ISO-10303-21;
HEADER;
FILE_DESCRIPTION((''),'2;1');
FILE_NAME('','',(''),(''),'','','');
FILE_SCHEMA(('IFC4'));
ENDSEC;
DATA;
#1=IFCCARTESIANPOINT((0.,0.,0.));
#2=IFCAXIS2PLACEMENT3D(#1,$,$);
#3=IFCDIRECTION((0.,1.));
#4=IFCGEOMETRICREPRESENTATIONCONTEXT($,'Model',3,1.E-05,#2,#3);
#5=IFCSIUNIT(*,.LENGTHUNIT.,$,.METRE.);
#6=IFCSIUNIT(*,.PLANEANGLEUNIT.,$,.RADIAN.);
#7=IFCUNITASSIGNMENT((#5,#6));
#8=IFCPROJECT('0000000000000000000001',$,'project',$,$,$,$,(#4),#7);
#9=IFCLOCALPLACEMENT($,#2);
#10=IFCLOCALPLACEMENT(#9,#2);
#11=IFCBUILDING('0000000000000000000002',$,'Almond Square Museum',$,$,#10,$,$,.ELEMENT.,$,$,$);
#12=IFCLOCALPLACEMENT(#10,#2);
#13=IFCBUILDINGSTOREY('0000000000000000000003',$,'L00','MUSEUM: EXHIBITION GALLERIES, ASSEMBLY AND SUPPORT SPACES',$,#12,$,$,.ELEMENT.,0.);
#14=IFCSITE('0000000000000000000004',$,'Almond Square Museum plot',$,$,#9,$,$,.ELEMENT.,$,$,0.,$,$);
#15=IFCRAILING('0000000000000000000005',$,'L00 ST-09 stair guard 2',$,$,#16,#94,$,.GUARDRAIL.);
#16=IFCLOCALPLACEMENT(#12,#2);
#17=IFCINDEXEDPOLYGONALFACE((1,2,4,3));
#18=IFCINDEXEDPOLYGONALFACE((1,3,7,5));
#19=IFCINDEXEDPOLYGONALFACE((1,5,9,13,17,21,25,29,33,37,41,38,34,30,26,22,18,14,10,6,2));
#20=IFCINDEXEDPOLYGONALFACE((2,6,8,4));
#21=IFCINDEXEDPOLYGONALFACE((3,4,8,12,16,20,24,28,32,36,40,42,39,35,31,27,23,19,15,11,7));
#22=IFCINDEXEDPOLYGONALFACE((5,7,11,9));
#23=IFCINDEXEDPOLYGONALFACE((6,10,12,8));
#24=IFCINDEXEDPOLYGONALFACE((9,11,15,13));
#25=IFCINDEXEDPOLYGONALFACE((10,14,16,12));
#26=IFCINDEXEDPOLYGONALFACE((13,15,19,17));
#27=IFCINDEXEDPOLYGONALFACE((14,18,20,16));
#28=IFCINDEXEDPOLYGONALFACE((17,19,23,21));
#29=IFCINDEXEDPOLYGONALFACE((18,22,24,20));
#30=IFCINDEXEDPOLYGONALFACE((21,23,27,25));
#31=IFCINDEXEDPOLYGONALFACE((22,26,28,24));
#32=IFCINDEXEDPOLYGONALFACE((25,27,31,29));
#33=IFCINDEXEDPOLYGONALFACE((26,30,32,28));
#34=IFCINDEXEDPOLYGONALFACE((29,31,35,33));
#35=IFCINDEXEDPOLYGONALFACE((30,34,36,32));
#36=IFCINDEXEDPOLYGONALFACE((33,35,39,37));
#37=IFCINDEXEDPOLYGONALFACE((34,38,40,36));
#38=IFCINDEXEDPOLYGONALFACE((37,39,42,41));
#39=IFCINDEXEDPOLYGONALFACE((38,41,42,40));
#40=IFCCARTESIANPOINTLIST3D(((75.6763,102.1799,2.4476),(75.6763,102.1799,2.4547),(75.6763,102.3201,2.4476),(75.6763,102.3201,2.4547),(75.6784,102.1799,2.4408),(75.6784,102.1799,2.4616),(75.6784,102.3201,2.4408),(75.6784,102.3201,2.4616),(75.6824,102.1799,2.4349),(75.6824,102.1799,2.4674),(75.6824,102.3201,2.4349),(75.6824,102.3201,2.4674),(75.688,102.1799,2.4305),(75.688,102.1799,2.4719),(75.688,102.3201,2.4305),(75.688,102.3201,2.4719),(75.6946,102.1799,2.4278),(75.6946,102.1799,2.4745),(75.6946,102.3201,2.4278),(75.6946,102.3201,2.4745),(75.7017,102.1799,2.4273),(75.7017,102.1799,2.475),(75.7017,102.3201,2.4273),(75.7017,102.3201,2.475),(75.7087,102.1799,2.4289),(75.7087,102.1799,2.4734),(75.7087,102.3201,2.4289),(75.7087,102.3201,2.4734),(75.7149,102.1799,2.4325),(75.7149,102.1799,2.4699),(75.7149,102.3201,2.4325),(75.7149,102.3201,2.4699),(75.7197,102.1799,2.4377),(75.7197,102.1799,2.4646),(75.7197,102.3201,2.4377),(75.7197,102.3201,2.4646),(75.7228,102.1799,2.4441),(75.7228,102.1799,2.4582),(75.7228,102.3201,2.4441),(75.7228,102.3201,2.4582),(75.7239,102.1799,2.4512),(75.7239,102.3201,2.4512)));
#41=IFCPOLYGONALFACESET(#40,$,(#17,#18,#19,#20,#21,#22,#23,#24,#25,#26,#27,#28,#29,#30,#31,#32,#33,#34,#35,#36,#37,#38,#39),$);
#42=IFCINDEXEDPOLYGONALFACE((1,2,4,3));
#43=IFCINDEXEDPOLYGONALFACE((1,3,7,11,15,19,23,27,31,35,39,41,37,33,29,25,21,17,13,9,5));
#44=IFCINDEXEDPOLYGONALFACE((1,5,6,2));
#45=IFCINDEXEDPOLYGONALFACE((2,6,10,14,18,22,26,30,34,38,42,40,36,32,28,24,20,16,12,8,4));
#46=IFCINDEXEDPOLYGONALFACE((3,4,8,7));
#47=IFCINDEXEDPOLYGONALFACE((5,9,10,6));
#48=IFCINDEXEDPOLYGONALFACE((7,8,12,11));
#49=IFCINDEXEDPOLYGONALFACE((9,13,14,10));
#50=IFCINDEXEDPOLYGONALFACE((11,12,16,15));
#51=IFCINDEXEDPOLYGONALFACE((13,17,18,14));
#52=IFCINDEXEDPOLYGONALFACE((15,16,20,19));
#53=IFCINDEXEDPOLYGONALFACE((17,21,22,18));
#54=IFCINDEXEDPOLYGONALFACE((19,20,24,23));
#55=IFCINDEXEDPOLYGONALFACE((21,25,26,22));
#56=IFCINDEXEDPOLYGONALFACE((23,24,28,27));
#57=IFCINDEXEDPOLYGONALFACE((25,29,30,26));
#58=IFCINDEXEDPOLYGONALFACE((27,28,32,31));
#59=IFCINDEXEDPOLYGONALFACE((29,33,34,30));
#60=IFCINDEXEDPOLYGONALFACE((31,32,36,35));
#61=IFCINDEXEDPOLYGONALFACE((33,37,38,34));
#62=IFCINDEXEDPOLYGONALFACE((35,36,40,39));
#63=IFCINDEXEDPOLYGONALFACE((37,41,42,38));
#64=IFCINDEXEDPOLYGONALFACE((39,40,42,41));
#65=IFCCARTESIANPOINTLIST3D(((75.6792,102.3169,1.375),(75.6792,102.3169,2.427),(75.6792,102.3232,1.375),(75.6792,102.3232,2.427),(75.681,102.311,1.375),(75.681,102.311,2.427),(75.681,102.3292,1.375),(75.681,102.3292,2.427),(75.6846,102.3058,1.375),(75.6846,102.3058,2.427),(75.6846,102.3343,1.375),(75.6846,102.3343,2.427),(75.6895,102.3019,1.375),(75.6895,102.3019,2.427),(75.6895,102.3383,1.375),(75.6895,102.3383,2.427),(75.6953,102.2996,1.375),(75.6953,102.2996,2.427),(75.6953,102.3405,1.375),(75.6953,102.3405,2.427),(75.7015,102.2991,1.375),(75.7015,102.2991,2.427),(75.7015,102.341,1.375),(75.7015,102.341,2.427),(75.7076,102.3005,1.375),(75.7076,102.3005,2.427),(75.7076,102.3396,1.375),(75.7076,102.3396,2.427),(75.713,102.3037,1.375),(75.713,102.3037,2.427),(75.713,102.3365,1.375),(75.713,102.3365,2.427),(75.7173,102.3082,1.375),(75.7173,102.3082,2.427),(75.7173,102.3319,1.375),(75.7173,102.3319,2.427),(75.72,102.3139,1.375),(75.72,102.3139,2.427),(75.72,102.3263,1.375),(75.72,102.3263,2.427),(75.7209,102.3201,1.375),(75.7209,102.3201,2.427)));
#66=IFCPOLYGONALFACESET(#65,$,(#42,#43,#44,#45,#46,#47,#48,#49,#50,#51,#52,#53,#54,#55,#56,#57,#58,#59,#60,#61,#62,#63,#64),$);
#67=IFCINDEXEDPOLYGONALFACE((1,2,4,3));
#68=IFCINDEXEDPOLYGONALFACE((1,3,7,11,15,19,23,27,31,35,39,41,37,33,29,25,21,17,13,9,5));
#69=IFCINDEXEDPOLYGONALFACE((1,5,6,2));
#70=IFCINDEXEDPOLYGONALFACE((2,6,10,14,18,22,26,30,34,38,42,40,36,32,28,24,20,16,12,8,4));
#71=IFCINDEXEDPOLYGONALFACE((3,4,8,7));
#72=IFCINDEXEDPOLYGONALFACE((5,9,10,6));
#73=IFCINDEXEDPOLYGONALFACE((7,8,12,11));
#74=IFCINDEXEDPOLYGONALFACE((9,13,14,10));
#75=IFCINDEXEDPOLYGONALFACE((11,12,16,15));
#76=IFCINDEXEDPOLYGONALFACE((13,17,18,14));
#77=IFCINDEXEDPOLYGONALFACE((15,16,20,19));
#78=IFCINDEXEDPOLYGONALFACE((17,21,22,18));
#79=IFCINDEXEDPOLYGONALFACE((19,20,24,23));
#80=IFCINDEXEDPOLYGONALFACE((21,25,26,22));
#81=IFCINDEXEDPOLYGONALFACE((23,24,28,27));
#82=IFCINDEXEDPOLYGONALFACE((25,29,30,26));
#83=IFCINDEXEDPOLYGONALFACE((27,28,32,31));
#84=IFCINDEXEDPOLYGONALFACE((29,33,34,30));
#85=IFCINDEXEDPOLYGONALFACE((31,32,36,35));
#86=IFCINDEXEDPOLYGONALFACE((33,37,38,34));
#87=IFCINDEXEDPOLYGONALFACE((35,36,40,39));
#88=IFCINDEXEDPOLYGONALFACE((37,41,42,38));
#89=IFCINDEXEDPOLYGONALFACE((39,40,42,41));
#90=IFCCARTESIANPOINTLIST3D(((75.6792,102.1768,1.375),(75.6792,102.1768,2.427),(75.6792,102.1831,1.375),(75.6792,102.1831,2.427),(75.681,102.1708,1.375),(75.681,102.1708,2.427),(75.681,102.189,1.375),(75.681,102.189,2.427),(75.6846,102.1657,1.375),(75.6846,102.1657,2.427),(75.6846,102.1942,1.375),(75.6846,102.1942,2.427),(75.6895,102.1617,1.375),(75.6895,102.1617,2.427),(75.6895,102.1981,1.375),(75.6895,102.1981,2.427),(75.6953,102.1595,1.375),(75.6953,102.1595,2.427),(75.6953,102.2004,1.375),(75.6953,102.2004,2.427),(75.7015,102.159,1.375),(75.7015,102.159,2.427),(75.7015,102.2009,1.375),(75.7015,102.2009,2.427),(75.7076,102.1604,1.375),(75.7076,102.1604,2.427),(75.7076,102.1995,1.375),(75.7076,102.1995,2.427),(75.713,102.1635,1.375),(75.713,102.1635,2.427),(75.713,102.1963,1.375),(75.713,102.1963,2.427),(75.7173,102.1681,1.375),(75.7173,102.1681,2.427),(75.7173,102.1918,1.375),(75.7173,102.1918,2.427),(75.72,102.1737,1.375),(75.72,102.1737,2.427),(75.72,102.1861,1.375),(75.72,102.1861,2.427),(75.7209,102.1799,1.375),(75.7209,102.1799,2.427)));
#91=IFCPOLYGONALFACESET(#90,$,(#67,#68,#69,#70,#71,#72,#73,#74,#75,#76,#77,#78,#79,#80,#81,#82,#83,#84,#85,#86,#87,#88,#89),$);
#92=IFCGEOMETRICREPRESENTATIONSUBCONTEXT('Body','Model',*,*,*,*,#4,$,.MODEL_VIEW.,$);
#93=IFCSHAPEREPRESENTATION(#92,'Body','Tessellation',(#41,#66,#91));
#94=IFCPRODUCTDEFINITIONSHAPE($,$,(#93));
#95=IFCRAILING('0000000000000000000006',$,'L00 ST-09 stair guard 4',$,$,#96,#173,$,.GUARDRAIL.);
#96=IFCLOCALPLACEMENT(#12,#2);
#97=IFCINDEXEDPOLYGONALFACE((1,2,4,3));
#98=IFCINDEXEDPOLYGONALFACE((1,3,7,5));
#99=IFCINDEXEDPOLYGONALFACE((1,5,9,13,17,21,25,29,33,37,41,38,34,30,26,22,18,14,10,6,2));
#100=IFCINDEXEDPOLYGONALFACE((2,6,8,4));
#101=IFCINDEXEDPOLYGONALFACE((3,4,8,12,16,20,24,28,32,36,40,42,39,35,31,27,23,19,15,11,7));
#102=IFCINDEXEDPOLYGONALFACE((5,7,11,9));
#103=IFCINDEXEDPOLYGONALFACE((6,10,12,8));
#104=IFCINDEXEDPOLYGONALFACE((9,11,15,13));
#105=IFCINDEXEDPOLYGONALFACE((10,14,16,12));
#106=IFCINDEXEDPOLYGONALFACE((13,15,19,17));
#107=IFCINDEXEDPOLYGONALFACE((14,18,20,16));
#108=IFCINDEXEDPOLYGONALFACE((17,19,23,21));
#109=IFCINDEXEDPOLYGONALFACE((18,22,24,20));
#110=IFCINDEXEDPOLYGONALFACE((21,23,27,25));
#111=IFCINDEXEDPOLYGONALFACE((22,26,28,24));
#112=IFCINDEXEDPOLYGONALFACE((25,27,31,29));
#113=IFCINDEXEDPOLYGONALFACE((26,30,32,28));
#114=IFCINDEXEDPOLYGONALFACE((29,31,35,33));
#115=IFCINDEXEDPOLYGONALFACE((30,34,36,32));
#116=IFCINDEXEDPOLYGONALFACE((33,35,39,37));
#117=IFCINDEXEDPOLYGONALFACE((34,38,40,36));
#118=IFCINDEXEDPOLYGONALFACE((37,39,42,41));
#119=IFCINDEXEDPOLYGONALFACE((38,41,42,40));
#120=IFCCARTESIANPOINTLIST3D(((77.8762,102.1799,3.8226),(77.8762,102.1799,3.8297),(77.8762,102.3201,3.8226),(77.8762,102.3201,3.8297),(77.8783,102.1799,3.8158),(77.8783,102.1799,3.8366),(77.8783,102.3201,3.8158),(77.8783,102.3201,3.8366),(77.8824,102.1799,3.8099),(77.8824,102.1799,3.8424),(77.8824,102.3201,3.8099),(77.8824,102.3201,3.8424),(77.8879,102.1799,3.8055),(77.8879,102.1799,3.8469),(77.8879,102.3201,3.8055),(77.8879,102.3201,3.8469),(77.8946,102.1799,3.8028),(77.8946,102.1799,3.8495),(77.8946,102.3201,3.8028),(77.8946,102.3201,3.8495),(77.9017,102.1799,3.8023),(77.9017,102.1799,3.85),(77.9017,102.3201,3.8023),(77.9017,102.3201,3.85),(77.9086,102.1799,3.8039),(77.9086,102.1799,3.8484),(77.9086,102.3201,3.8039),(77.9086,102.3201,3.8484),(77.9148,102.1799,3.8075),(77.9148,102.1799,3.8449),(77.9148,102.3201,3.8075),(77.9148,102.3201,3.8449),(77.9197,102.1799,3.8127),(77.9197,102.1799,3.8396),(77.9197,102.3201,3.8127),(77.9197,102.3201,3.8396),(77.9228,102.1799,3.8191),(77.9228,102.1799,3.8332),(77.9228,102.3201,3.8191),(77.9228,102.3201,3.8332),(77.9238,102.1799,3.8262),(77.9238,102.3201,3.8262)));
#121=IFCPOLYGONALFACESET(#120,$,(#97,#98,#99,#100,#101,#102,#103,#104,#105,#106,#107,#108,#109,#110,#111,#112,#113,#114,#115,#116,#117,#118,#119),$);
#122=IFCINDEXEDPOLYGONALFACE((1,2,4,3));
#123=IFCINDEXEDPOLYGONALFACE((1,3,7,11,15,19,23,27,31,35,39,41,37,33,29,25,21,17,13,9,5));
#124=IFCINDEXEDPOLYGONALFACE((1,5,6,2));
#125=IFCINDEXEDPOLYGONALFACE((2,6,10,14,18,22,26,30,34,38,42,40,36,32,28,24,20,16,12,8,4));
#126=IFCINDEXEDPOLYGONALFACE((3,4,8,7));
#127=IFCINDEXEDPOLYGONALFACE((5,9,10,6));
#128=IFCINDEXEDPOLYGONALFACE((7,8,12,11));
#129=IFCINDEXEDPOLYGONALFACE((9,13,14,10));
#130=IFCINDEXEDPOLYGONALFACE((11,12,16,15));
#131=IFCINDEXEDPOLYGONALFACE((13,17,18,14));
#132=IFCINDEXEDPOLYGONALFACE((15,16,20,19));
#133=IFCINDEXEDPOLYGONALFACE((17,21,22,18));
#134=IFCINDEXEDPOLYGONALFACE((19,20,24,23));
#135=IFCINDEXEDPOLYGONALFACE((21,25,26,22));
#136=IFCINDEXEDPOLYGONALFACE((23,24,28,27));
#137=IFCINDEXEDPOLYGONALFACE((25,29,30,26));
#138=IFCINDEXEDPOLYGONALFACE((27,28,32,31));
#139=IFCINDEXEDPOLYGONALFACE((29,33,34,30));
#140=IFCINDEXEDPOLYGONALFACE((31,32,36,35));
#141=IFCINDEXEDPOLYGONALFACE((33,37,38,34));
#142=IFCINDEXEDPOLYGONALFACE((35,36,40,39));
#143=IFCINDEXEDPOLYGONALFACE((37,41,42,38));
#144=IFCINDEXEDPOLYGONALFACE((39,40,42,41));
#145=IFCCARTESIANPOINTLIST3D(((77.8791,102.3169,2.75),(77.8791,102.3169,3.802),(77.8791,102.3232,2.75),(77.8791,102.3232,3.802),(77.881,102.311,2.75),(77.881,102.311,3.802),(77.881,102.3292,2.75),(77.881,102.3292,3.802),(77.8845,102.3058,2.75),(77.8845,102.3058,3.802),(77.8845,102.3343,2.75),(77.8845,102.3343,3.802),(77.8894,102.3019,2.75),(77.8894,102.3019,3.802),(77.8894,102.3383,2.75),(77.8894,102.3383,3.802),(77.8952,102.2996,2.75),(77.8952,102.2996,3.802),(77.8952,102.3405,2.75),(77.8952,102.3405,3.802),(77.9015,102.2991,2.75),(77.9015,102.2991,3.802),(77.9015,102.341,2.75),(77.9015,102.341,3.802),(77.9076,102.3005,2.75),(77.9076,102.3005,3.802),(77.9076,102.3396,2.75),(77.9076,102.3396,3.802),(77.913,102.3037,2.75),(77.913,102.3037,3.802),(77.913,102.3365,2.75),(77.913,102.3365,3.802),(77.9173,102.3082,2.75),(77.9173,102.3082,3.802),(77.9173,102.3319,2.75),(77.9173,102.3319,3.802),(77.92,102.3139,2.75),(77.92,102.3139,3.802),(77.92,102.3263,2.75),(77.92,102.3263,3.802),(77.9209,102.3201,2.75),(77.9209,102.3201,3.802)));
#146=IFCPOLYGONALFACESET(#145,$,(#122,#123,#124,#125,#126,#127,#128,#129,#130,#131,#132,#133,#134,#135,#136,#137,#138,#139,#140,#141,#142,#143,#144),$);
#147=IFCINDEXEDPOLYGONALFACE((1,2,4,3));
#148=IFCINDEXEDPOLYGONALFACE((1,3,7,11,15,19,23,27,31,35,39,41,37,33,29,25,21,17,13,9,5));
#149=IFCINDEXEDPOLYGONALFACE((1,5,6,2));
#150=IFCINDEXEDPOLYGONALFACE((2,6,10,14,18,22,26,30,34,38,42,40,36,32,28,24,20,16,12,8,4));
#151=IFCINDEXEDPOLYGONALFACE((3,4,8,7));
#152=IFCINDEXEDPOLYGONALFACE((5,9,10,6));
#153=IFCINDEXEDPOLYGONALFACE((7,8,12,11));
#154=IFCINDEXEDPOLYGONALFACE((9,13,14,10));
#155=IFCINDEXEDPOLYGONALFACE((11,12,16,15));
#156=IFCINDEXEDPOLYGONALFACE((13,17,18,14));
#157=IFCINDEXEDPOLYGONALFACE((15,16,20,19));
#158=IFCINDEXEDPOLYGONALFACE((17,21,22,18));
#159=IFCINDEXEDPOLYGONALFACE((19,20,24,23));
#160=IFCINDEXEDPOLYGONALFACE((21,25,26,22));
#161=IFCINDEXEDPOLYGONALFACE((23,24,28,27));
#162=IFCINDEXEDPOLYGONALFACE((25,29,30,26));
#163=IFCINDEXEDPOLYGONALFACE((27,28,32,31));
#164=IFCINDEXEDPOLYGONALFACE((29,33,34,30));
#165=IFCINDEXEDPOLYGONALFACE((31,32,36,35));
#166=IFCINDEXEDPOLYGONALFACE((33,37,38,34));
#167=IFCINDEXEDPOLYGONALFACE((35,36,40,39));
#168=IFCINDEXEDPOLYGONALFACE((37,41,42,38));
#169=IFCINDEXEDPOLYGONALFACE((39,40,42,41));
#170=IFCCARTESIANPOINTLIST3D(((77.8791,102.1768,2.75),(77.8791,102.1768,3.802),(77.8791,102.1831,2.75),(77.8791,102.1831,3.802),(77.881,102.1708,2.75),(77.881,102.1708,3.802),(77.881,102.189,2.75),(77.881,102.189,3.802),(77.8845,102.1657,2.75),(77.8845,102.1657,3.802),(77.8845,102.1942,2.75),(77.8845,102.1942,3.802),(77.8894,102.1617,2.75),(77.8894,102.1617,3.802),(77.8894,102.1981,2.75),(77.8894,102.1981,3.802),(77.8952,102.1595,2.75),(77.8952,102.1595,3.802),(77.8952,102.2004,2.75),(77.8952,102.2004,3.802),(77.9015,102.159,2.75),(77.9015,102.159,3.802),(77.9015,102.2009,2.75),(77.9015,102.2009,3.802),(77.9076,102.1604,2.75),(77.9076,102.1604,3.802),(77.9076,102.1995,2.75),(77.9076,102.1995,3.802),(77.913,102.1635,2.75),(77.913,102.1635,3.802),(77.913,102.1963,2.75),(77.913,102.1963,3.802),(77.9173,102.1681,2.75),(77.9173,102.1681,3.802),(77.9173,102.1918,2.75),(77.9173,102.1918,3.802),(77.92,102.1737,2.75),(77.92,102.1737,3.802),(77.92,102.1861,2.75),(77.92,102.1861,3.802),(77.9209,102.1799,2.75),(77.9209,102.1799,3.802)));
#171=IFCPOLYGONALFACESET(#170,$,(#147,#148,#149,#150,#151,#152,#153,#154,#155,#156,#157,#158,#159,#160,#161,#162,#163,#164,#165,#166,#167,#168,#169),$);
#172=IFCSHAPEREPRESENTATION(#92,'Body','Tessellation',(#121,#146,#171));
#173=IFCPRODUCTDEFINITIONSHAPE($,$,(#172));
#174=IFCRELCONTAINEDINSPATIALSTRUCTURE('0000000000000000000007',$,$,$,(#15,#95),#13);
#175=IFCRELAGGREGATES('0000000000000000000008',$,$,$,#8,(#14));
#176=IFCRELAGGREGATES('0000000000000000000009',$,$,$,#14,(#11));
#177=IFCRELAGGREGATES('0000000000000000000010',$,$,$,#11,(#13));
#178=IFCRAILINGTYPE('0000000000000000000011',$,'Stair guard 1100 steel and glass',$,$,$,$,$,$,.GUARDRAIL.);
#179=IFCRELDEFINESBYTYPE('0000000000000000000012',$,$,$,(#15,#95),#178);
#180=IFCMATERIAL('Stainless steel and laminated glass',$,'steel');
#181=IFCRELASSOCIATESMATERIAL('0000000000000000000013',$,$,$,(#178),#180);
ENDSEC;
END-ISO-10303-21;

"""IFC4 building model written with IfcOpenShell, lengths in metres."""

from ifc_helpers import new_model, si_unit, direction, frame, origin, origin_2d, place, context, subcontext, project, spatial, circle, extrude, material, type_object, element, save


model = new_model("IFC4")

# Units and contexts
model_context = context("Model", 3, precision=1e-05, world=origin(), true_north=direction((0.0, 1.0)))
body_context = subcontext(model_context, "Body", "Model", "MODEL_VIEW")
ifc_project = project(units=[si_unit("LENGTHUNIT", "METRE"), si_unit("PLANEANGLEUNIT", "RADIAN")], contexts=[model_context])

# Site, building, storey
site_placement = place(None, origin())
site = spatial("IfcSite", under=ifc_project, at=site_placement, Name="Almond Square Museum plot", CompositionType="ELEMENT", RefElevation=0.0)
building_placement = place(site_placement, origin())
building = spatial("IfcBuilding", under=site, at=building_placement, Name="Almond Square Museum", CompositionType="ELEMENT")
storey_placement = place(building_placement, origin())
storey = spatial("IfcBuildingStorey", under=building, at=storey_placement, Name="L00", Description="MUSEUM: EXHIBITION GALLERIES, ASSEMBLY AND SUPPORT SPACES", CompositionType="ELEMENT", Elevation=0.0)

# Railings
ifc_material_1 = material(Name="Stainless steel and laminated glass", Category="steel")
railing_type_1 = type_object("IfcRailingType", Name="Stair guard 1100 steel and glass", PredefinedType="GUARDRAIL", material=ifc_material_1)
for number, where, name in (
    (1, (75.7, 102.3201, 1.375), "L00 ST-09 stair guard 2"),
    (2, (77.8999, 102.3201, 2.75), "L00 ST-09 stair guard 4"),
):
    element("IfcRailing", number, at=place(storey_placement, frame(where)), inside=storey, type_object=railing_type_1, Name=name, PredefinedType="GUARDRAIL", context=body_context, shape_type="SweptSolid", body=[
        extrude(circle(Radius=0.0239, at=origin_2d()), frame((0.0, 0.0, 1.0762), z_axis=(0.0, -1.0, 0.0), x_axis=(1.0, 0.0, 0.0)), (0.0, 0.0, 1.0), 0.1401),
        extrude(circle(Radius=0.021, at=origin_2d()), origin(), (0.0, 0.0, 1.0), 1.052),
        extrude(circle(Radius=0.021, at=origin_2d()), frame((0.0, -0.1401, 0.0)), (0.0, 0.0, 1.0), 1.052),
    ])

save(model, "model.ifc")
